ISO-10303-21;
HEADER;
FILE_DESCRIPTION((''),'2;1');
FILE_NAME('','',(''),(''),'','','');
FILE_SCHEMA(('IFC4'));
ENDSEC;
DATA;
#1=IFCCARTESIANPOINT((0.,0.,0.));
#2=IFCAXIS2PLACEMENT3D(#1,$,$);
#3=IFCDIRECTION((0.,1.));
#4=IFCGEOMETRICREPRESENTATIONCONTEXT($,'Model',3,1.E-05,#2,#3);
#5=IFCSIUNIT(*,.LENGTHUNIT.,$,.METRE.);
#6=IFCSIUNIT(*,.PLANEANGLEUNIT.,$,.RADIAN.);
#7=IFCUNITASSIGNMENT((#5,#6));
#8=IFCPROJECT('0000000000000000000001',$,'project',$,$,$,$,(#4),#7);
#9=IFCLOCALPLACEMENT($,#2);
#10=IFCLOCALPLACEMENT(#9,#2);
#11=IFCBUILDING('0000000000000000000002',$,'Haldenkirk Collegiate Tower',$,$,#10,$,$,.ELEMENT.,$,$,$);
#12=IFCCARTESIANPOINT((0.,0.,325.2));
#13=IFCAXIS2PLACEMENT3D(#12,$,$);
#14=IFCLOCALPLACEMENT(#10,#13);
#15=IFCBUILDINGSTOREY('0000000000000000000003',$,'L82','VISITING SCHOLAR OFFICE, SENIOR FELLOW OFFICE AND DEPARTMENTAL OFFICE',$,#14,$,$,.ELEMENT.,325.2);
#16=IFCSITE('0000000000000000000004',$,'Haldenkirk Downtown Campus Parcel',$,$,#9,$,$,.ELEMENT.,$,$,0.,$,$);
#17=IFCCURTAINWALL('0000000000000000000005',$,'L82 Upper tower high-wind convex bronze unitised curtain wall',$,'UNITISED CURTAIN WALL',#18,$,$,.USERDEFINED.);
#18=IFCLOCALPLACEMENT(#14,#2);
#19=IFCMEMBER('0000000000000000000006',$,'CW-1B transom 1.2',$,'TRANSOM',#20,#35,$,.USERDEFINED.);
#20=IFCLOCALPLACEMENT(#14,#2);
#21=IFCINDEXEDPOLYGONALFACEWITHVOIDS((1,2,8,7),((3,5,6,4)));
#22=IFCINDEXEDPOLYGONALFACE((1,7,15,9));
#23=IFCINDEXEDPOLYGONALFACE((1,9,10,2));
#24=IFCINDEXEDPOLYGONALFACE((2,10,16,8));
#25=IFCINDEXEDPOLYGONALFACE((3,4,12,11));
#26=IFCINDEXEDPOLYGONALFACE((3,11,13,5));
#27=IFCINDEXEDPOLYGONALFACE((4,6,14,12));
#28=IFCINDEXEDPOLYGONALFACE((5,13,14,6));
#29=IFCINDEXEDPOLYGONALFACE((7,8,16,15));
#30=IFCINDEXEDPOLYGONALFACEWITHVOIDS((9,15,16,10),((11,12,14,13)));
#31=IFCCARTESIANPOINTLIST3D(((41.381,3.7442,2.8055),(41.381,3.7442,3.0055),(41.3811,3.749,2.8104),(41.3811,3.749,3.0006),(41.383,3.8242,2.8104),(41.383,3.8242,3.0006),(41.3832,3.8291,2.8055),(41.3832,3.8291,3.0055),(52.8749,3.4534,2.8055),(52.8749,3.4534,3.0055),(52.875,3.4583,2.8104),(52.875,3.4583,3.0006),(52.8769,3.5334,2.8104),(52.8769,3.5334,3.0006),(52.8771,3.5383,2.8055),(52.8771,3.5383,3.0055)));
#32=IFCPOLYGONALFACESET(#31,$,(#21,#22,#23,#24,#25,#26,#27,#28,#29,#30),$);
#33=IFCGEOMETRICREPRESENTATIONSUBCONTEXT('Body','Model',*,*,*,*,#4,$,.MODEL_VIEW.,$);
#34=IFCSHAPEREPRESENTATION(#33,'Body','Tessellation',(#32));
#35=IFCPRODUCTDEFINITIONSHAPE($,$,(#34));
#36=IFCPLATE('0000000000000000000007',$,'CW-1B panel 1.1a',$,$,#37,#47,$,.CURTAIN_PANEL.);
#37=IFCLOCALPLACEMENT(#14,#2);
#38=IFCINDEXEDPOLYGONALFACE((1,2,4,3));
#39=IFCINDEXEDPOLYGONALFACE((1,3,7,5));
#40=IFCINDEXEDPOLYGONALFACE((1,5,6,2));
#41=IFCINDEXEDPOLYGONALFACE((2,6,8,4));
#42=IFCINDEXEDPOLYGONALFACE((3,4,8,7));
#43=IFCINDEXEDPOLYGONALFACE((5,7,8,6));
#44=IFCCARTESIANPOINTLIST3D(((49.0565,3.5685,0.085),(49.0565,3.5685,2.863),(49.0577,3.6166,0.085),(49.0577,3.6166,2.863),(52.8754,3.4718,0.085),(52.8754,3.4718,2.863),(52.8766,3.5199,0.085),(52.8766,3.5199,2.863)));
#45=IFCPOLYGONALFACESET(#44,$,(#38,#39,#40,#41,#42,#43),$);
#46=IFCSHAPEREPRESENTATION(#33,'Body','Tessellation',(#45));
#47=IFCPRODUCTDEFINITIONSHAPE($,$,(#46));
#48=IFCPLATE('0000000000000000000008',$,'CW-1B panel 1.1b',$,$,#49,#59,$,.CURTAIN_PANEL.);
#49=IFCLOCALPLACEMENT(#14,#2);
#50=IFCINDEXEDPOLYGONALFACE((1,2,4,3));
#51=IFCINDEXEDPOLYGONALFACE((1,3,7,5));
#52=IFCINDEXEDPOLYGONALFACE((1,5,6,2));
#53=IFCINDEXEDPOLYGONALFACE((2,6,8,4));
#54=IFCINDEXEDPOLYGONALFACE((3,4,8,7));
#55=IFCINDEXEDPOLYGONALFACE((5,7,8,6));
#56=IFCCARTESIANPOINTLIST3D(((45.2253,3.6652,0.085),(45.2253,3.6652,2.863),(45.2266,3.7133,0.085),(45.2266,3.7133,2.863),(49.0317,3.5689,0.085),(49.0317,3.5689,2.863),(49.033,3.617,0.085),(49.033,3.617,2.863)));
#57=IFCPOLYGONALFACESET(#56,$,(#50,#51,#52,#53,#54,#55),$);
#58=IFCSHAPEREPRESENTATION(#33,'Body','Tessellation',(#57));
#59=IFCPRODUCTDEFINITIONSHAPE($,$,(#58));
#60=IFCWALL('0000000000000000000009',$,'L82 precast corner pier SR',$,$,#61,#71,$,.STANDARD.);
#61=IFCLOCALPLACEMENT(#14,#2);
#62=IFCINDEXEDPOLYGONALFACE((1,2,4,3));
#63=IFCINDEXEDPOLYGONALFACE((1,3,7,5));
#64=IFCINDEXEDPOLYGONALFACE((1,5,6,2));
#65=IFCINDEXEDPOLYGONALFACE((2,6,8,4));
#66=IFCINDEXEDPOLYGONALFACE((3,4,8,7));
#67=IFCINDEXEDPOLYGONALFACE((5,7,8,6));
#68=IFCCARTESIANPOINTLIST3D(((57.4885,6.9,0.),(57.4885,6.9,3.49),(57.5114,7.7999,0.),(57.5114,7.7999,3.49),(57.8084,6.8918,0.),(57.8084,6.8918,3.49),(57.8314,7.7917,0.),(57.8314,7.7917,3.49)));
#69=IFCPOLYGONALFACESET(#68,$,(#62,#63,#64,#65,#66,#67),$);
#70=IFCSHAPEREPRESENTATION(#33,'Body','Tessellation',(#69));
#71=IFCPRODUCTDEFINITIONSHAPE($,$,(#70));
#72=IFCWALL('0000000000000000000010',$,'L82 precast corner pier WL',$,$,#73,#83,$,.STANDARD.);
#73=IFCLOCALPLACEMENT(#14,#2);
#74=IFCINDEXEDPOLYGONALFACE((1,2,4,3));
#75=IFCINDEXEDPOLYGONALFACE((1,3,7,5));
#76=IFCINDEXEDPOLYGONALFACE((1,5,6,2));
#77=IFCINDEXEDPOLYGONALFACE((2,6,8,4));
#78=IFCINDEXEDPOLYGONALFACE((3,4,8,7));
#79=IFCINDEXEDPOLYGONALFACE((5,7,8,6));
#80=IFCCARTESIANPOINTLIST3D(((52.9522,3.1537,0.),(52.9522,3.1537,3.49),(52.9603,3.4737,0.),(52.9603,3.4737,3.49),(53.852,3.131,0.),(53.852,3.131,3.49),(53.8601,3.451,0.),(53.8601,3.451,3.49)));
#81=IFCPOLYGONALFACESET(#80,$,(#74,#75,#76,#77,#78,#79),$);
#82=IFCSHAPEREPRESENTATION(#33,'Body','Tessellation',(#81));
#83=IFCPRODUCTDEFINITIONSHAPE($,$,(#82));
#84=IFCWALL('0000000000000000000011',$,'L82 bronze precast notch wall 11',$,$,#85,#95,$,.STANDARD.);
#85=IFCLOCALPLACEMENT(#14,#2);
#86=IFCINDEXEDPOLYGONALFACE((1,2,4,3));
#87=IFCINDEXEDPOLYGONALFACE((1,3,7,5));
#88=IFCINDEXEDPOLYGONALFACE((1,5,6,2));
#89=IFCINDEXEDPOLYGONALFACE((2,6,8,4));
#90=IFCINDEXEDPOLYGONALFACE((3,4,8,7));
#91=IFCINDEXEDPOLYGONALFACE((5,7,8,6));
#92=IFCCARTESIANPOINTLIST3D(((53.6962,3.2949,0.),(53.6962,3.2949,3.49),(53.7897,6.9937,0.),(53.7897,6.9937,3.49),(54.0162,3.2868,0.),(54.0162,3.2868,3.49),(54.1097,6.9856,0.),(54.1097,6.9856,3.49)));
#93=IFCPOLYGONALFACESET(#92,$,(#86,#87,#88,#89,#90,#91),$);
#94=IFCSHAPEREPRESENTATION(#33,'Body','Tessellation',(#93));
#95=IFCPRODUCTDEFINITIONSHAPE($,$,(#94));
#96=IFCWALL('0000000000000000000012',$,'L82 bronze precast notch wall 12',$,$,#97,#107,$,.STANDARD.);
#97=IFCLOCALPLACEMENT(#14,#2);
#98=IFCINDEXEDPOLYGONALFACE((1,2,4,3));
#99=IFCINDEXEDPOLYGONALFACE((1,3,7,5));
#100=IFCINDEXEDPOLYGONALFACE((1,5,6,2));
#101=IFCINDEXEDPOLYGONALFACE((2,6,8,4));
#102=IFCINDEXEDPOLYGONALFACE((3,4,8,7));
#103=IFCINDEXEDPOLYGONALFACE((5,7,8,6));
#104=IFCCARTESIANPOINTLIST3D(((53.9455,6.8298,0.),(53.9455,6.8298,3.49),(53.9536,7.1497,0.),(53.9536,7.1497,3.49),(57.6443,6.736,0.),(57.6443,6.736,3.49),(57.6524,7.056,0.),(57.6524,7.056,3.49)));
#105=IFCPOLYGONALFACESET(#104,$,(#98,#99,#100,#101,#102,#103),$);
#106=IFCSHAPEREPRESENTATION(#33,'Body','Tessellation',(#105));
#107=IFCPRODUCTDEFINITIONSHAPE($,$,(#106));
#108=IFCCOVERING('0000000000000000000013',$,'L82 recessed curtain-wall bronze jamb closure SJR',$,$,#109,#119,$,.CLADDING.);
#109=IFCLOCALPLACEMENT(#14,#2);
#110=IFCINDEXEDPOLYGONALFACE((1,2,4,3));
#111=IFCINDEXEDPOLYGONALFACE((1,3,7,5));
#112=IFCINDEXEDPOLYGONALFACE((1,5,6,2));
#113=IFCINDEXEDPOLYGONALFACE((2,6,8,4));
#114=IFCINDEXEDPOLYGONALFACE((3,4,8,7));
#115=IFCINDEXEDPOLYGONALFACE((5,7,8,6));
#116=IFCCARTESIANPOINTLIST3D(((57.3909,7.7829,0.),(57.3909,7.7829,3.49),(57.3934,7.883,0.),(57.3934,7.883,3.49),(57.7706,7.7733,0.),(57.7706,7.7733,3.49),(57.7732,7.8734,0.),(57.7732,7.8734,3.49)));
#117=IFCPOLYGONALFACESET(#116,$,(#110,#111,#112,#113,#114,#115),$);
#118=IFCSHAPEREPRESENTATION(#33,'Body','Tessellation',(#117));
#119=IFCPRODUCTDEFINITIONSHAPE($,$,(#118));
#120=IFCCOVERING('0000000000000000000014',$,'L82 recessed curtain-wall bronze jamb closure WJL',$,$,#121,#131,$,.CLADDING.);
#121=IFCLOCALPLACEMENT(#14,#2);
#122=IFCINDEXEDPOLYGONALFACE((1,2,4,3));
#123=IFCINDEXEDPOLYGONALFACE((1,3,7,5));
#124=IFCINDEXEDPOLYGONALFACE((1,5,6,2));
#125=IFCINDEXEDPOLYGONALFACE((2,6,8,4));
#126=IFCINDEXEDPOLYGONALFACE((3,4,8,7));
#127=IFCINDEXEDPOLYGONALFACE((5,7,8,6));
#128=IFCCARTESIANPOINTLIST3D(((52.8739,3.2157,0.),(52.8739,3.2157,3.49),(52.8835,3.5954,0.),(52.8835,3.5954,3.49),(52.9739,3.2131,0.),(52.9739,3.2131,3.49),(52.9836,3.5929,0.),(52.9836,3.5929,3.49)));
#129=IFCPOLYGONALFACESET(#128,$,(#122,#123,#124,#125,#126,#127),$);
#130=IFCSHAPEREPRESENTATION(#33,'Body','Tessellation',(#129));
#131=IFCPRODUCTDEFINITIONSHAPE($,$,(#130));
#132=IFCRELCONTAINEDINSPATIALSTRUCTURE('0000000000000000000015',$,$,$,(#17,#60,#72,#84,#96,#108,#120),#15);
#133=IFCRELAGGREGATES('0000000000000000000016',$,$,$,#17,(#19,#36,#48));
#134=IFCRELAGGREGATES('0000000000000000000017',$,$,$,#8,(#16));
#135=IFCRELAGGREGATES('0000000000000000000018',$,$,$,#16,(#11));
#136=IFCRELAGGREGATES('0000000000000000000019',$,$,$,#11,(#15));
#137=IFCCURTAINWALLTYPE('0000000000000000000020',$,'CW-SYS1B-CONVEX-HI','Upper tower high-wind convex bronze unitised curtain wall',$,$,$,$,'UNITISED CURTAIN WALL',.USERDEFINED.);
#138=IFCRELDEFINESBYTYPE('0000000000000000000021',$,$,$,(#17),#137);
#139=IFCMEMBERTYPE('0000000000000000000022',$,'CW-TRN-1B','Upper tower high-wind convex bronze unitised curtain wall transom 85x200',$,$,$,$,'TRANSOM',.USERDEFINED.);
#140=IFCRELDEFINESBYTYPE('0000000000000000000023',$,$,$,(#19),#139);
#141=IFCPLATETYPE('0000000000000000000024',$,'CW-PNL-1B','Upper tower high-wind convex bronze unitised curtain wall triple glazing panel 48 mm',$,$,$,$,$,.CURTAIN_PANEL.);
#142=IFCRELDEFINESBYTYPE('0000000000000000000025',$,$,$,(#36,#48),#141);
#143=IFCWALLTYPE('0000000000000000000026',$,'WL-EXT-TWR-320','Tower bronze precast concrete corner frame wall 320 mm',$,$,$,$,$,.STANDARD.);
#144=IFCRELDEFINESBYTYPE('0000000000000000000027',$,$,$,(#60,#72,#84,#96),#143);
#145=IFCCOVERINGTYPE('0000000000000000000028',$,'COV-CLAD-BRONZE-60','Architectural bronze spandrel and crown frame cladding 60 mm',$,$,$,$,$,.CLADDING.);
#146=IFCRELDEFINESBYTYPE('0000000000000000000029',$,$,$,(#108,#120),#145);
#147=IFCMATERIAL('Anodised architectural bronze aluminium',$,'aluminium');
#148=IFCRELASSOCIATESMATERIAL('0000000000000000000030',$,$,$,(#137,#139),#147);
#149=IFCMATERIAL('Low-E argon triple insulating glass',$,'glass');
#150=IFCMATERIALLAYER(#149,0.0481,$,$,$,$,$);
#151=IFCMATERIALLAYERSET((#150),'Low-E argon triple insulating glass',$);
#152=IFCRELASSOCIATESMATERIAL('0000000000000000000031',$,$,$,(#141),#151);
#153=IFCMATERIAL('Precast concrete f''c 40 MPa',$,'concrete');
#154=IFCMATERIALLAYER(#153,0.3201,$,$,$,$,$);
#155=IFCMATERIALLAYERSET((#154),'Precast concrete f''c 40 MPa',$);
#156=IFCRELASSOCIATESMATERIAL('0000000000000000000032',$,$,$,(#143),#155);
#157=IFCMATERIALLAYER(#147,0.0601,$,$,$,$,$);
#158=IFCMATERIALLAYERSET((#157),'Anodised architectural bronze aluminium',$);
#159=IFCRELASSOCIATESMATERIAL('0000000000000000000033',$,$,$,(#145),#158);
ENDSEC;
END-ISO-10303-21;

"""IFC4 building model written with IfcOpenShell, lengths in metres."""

from ifc_helpers import new_model, si_unit, direction, frame, frame_2d, origin, origin_2d, place, context, subcontext, project, spatial, rectangle, hollow_rectangle, extrude, source, transform, mapped, material, layer, layer_set, material_profile, profile_set, type_object, element, aggregate, save


model = new_model("IFC4")

# Units and contexts
model_context = context("Model", 3, precision=1e-05, world=origin(), true_north=direction((0.0, 1.0)))
body_context = subcontext(model_context, "Body", "Model", "MODEL_VIEW")
ifc_project = project(units=[si_unit("LENGTHUNIT", "METRE"), si_unit("PLANEANGLEUNIT", "RADIAN")], contexts=[model_context])

# Site, building, storey
site_placement = place(None, origin())
site = spatial("IfcSite", under=ifc_project, at=site_placement, Name="Haldenkirk Downtown Campus Parcel", CompositionType="ELEMENT", RefElevation=0.0)
building_placement = place(site_placement, origin())
building = spatial("IfcBuilding", under=site, at=building_placement, Name="Haldenkirk Collegiate Tower", CompositionType="ELEMENT")
storey_placement = place(building_placement, frame((0.0, 0.0, 325.2)))
storey = spatial("IfcBuildingStorey", under=building, at=storey_placement, Name="L82", Description="VISITING SCHOLAR OFFICE, SENIOR FELLOW OFFICE AND DEPARTMENTAL OFFICE", CompositionType="ELEMENT", Elevation=325.2)

# Shared definitions
ifc_material_1 = material(Name="Anodised architectural bronze aluminium", Category="aluminium")

# Curtain wall, member, plates
curtain_wall_type_1 = type_object("IfcCurtainWallType", Name="CW-SYS1B-CONVEX-HI", Description="Upper tower high-wind convex bronze unitised curtain wall", ElementType="UNITISED CURTAIN WALL", PredefinedType="USERDEFINED", material=ifc_material_1)
curtain_wall_1_placement = place(storey_placement, origin())
curtain_wall_1 = element("IfcCurtainWall", 1, at=curtain_wall_1_placement, inside=storey, type_object=curtain_wall_type_1, Name="L82 Upper tower high-wind convex bronze unitised curtain wall", ObjectType="UNITISED CURTAIN WALL", PredefinedType="USERDEFINED")
ifc_material_profile_1 = material_profile(ifc_material_1, hollow_rectangle(XDim=0.085, YDim=0.2, WallThickness=0.0049, at=origin_2d()), Name="CW-TRN-1B")
ifc_profile_set_1 = profile_set([ifc_material_profile_1], Name="Anodised architectural bronze aluminium")
member_type_1 = type_object("IfcMemberType", Name="CW-TRN-1B", Description="Upper tower high-wind convex bronze unitised curtain wall transom 85x200", ElementType="TRANSOM", PredefinedType="USERDEFINED", material=ifc_profile_set_1)
member_1_placement = place(storey_placement, frame((52.876, 3.4958, 2.9055), z_axis=(-0.99968, 0.02529, 0.0), x_axis=(-0.02529, -0.99968, 0.0)))
member_1 = element("IfcMember", 2, at=member_1_placement, type_object=member_type_1, Name="CW-1B transom 1.2", ObjectType="TRANSOM", PredefinedType="USERDEFINED", context=body_context, shape_type="SweptSolid", body=[
    extrude(hollow_rectangle(XDim=0.085, YDim=0.2, WallThickness=0.0049, at=origin_2d()), origin(), (0.0, 0.0, 1.0), 11.4976),
])
ifc_material_2 = material(Name="Low-E argon triple insulating glass", Category="glass")
ifc_layer_1 = layer(ifc_material_2, 0.0481)
ifc_layer_set_1 = layer_set([ifc_layer_1], Name="Low-E argon triple insulating glass")
plate_type = type_object("IfcPlateType", Name="CW-PNL-1B", Description="Upper tower high-wind convex bronze unitised curtain wall triple glazing panel 48 mm", PredefinedType="CURTAIN_PANEL", material=ifc_layer_set_1)
shared_shape_1 = source(origin(), body_context, "Body", "SweptSolid", [
    extrude(rectangle(XDim=3.8201, YDim=0.0481, at=origin_2d()), origin(), (0.0, 0.0, 1.0), 2.7781),
])
plate_1_placement = place(storey_placement, frame((50.9666, 3.5442, 0.085), z_axis=(0.0, 0.0, 1.0), x_axis=(-0.99968, 0.025302, 0.0)))
plate_1 = element("IfcPlate", 3, at=plate_1_placement, type_object=plate_type, Name="CW-1B panel 1.1a", PredefinedType="CURTAIN_PANEL", context=body_context, shape_type="MappedRepresentation", body=[
    mapped(shared_shape_1, transform((0.0, 0.0, 0.0), x_axis=(1.0, 0.0, 0.0), y_axis=(0.0, 1.0, 0.0), z_axis=(0.0, 0.0, 1.0), scale=1.0)),
])
shared_shape_2 = source(origin(), body_context, "Body", "SweptSolid", [
    extrude(rectangle(XDim=3.8076, YDim=0.0481, at=origin_2d()), origin(), (0.0, 0.0, 1.0), 2.7781),
])
plate_2_placement = place(storey_placement, frame((47.1292, 3.6411, 0.085), z_axis=(0.0, 0.0, 1.0), x_axis=(-0.99968, 0.025302, 0.0)))
plate_2 = element("IfcPlate", 4, at=plate_2_placement, type_object=plate_type, Name="CW-1B panel 1.1b", PredefinedType="CURTAIN_PANEL", context=body_context, shape_type="MappedRepresentation", body=[
    mapped(shared_shape_2, transform((0.0, 0.0, 0.0), x_axis=(1.0, 0.0, 0.0), y_axis=(0.0, 1.0, 0.0), z_axis=(0.0, 0.0, 1.0), scale=1.0)),
])
aggregate(curtain_wall_1, [member_1, plate_1, plate_2])

# Walls
ifc_material_3 = material(Name="Precast concrete f'c 40 MPa", Category="concrete")
ifc_layer_2 = layer(ifc_material_3, 0.3201)
ifc_layer_set_2 = layer_set([ifc_layer_2], Name="Precast concrete f'c 40 MPa")
wall_type = type_object("IfcWallType", Name="WL-EXT-TWR-320", Description="Tower bronze precast concrete corner frame wall 320 mm", PredefinedType="STANDARD", material=ifc_layer_set_2)
for number, where, z_axis, x_axis, name in (
    (5, (57.6714, 7.7959, 0.0), (0.0, 0.0, 1.0), (-0.025494, -0.999675, 0.0), "L82 precast corner pier SR"),
    (6, (53.8562, 3.291, 0.0), (0.0, 0.0, 1.0), (-0.999682, 0.025223, 0.0), "L82 precast corner pier WL"),
):
    element("IfcWall", number, at=place(storey_placement, frame(where, z_axis=z_axis, x_axis=x_axis)), inside=storey, type_object=wall_type, Name=name, PredefinedType="STANDARD", context=body_context, shape_type="SweptSolid", body=[
        extrude(rectangle(XDim=0.9001, YDim=0.3201, at=frame_2d((0.4502, 0.0))), origin(), (0.0, 0.0, 1.0), 3.49),
    ])
for number, where, z_axis, x_axis, name in (
    (7, (53.9497, 6.9897, 0.0), (0.0, 0.0, 1.0), (-0.025272, -0.999681, 0.0), "L82 bronze precast notch wall 11"),
    (8, (57.6484, 6.896, 0.0), (0.0, 0.0, 1.0), (-0.999679, 0.025338, 0.0), "L82 bronze precast notch wall 12"),
):
    element("IfcWall", number, at=place(storey_placement, frame(where, z_axis=z_axis, x_axis=x_axis)), inside=storey, type_object=wall_type, Name=name, PredefinedType="STANDARD", context=body_context, shape_type="SweptSolid", body=[
        extrude(rectangle(XDim=3.7, YDim=0.3201, at=frame_2d((1.8501, 0.0))), origin(), (0.0, 0.0, 1.0), 3.49),
    ])

# Coverings
ifc_layer_3 = layer(ifc_material_1, 0.0601)
ifc_layer_set_3 = layer_set([ifc_layer_3], Name="Anodised architectural bronze aluminium")
covering_type = type_object("IfcCoveringType", Name="COV-CLAD-BRONZE-60", Description="Architectural bronze spandrel and crown frame cladding 60 mm", PredefinedType="CLADDING", material=ifc_layer_set_3)
shared_shape_3 = source(origin(), body_context, "Body", "SweptSolid", [
    extrude(rectangle(XDim=0.1001, YDim=0.3799, at=origin_2d()), origin(), (0.0, 0.0, 1.0), 3.49),
])
for number, where, z_axis, x_axis, name in (
    (9, (57.582, 7.8281, 0.0), (0.0, 0.0, 1.0), (-0.025305, -0.99968, 0.0), "L82 recessed curtain-wall bronze jamb closure SJR"),
    (10, (52.9287, 3.4043, 0.0), (0.0, 0.0, 1.0), (-0.99968, 0.025305, 0.0), "L82 recessed curtain-wall bronze jamb closure WJL"),
):
    element("IfcCovering", number, at=place(storey_placement, frame(where, z_axis=z_axis, x_axis=x_axis)), inside=storey, type_object=covering_type, Name=name, PredefinedType="CLADDING", context=body_context, shape_type="MappedRepresentation", body=[
        mapped(shared_shape_3, transform((0.0, 0.0, 0.0), x_axis=(1.0, 0.0, 0.0), y_axis=(0.0, 1.0, 0.0), z_axis=(0.0, 0.0, 1.0), scale=1.0)),
    ])

save(model, "model.ifc")
